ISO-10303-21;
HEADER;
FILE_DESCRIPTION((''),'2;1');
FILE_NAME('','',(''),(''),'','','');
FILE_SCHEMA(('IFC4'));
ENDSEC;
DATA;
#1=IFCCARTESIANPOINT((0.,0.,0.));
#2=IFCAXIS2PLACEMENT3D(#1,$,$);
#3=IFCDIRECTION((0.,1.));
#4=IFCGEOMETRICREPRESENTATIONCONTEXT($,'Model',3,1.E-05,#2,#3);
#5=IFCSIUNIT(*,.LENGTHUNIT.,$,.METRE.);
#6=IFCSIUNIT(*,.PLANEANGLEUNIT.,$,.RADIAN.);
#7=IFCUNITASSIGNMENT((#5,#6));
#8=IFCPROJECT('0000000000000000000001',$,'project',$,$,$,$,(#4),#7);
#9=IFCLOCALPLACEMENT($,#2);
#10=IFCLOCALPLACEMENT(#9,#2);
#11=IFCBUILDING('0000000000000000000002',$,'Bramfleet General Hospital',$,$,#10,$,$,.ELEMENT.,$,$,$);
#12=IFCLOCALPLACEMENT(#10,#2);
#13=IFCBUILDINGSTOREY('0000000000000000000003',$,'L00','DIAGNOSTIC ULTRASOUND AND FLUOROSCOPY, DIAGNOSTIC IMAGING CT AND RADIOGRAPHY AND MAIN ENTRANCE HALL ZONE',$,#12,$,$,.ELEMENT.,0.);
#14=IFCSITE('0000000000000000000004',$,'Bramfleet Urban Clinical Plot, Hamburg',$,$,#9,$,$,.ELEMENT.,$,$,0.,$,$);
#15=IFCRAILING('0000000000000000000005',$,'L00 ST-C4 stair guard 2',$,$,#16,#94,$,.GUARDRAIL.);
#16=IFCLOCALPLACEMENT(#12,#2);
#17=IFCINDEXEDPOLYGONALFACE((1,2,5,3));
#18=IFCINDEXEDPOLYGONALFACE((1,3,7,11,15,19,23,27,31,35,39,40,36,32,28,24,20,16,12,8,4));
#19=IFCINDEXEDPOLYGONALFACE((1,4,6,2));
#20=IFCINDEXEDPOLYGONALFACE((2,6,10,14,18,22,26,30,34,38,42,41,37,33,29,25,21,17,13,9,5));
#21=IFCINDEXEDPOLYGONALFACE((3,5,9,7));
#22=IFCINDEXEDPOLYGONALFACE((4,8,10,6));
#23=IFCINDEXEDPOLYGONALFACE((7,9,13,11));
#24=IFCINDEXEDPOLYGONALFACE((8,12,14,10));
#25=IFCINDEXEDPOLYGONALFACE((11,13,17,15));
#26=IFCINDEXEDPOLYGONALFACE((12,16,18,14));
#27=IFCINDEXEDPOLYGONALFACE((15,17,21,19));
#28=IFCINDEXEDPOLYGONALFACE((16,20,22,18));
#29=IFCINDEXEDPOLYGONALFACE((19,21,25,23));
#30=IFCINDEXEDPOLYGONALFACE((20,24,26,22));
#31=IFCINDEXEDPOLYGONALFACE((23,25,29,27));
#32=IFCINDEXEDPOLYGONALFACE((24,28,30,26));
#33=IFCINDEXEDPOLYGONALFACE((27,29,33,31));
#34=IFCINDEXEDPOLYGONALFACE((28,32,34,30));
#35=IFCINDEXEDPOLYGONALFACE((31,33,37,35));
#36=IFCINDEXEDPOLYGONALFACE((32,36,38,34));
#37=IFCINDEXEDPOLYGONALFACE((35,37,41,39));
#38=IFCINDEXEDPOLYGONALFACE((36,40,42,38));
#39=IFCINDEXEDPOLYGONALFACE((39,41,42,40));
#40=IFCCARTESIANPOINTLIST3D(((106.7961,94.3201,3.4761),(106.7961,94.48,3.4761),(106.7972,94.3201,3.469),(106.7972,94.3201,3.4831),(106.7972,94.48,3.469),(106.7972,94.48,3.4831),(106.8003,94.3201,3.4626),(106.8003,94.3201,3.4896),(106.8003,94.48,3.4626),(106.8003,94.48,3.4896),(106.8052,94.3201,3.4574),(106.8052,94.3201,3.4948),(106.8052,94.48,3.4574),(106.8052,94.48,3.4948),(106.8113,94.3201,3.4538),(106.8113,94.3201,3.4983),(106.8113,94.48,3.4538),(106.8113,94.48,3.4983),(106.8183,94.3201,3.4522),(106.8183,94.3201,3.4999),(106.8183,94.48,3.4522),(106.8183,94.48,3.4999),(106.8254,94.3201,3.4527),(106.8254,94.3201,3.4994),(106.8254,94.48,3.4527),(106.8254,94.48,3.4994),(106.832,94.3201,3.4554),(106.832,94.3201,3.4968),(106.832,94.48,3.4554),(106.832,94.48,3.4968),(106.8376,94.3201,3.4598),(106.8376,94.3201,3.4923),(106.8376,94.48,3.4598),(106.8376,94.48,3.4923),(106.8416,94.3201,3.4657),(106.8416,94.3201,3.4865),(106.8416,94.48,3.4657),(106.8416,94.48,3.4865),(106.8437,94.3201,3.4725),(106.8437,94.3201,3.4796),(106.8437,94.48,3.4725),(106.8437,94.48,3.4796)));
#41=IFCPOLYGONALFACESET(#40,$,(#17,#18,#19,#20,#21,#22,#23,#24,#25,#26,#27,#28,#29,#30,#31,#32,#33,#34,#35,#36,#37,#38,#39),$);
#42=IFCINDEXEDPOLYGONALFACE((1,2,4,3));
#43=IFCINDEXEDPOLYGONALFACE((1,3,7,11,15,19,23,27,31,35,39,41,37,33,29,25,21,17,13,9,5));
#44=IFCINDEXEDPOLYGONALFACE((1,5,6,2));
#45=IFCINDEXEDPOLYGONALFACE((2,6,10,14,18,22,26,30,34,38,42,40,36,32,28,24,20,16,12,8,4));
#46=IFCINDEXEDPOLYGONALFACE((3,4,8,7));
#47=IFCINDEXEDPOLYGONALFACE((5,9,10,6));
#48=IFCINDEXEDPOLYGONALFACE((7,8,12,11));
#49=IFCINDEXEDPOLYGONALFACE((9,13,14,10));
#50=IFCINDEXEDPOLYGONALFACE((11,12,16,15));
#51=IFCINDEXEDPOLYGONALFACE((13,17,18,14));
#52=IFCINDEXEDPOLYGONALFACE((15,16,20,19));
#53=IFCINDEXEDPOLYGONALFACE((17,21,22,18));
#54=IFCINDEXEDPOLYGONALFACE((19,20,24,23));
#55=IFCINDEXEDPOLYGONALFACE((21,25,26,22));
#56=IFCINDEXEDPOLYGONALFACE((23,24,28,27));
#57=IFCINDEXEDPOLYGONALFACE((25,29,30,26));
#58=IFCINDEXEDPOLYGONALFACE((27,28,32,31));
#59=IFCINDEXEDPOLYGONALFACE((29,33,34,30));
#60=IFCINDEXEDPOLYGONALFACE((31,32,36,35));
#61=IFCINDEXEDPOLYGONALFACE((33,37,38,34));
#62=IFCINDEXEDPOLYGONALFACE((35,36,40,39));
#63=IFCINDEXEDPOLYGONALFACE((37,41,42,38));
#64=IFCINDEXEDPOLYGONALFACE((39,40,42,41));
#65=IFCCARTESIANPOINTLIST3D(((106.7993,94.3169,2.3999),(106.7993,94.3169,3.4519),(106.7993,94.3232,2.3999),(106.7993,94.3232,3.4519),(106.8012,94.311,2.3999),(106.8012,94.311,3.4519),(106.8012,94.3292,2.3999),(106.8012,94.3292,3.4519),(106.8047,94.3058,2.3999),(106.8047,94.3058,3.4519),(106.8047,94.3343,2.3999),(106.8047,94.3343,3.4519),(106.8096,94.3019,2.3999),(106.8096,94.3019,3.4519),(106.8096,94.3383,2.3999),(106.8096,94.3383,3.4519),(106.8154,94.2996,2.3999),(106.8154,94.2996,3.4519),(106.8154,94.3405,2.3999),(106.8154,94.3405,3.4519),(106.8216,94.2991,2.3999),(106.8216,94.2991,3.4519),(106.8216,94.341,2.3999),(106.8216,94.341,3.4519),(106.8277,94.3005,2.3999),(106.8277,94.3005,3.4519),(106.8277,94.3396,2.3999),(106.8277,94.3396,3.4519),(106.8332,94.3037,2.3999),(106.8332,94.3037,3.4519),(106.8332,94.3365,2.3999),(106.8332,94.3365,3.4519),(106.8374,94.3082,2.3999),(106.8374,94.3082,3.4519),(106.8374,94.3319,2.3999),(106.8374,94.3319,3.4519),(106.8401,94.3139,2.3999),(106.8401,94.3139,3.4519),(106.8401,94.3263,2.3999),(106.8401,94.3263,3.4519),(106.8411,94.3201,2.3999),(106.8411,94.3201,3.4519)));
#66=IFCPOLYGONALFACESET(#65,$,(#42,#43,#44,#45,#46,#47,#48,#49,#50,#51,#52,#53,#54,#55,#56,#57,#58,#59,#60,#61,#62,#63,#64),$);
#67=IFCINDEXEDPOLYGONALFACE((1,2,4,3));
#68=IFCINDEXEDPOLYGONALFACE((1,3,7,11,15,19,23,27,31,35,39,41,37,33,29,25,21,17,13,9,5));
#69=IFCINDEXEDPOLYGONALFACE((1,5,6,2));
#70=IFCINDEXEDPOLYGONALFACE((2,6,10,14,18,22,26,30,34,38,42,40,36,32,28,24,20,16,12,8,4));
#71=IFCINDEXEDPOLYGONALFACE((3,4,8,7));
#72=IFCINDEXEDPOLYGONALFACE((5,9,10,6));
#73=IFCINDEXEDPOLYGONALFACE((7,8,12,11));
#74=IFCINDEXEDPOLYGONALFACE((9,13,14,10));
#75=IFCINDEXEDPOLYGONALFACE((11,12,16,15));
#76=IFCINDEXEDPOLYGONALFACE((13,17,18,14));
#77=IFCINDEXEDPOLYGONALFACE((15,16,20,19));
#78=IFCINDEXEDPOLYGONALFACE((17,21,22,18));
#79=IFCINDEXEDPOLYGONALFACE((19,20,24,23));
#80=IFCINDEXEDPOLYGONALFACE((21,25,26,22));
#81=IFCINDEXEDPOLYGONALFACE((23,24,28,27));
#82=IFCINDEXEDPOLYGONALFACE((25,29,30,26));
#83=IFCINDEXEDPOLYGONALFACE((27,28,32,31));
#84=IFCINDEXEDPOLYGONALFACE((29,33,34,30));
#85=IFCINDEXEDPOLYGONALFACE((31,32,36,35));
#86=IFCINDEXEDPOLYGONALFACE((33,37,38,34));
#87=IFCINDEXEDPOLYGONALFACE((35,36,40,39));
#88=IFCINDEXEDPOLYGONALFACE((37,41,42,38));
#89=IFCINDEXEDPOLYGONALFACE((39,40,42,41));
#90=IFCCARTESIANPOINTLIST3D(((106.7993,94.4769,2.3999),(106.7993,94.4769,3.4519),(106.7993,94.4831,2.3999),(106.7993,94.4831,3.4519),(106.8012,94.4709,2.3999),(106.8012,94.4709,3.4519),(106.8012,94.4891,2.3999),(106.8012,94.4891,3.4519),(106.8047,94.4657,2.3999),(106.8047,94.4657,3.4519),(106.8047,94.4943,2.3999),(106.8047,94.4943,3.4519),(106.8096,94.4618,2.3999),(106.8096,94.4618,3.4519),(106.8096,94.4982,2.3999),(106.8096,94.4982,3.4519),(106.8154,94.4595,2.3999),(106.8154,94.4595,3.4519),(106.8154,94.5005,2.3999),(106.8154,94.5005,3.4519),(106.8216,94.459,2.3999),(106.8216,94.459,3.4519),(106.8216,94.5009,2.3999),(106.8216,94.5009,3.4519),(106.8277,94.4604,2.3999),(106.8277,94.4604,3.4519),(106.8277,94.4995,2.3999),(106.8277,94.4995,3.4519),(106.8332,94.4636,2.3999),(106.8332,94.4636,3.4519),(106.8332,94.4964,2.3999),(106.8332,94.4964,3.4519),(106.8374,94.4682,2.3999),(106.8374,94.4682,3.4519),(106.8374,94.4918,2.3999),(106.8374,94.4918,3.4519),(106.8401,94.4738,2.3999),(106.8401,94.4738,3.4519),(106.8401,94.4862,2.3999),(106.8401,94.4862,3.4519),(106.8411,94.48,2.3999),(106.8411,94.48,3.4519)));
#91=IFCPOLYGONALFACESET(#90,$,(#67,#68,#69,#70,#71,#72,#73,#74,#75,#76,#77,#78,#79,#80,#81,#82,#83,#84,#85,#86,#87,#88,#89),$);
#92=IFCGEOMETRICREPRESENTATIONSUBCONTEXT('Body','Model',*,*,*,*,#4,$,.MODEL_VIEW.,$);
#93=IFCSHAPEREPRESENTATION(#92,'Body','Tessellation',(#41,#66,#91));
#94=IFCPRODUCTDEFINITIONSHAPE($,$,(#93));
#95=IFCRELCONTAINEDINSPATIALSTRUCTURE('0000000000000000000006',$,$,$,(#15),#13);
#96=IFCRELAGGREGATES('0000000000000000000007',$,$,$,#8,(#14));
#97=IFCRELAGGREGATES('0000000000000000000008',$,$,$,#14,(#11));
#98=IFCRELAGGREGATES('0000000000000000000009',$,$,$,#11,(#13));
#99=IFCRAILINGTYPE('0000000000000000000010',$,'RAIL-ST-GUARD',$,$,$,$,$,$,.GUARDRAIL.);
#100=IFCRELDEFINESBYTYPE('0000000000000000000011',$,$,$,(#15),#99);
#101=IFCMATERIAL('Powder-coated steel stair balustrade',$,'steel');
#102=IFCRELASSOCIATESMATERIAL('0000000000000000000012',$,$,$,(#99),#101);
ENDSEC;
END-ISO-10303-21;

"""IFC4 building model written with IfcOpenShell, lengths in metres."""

from ifc_helpers import new_model, si_unit, direction, frame, origin, origin_2d, place, context, subcontext, project, spatial, circle, extrude, material, type_object, element, save


model = new_model("IFC4")

# Units and contexts
model_context = context("Model", 3, precision=1e-05, world=origin(), true_north=direction((0.0, 1.0)))
body_context = subcontext(model_context, "Body", "Model", "MODEL_VIEW")
ifc_project = project(units=[si_unit("LENGTHUNIT", "METRE"), si_unit("PLANEANGLEUNIT", "RADIAN")], contexts=[model_context])

# Site, building, storey
site_placement = place(None, origin())
site = spatial("IfcSite", under=ifc_project, at=site_placement, Name="Bramfleet Urban Clinical Plot, Hamburg", CompositionType="ELEMENT", RefElevation=0.0)
building_placement = place(site_placement, origin())
building = spatial("IfcBuilding", under=site, at=building_placement, Name="Bramfleet General Hospital", CompositionType="ELEMENT")
storey_placement = place(building_placement, origin())
storey = spatial("IfcBuildingStorey", under=building, at=storey_placement, Name="L00", Description="DIAGNOSTIC ULTRASOUND AND FLUOROSCOPY, DIAGNOSTIC IMAGING CT AND RADIOGRAPHY AND MAIN ENTRANCE HALL ZONE", CompositionType="ELEMENT", Elevation=0.0)

# Railing
ifc_material_1 = material(Name="Powder-coated steel stair balustrade", Category="steel")
railing_type_1 = type_object("IfcRailingType", Name="RAIL-ST-GUARD", PredefinedType="GUARDRAIL", material=ifc_material_1)
railing_1_placement = place(storey_placement, frame((106.8201, 94.3201, 2.3999)))
element("IfcRailing", 1, at=railing_1_placement, inside=storey, type_object=railing_type_1, Name="L00 ST-C4 stair guard 2", PredefinedType="GUARDRAIL", context=body_context, shape_type="SweptSolid", body=[
    extrude(circle(Radius=0.0239, at=origin_2d()), frame((0.0, 0.0, 1.0762), z_axis=(0.0, 1.0, 0.0), x_axis=(-1.0, 0.0, 0.0)), (0.0, 0.0, 1.0), 0.1599),
    extrude(circle(Radius=0.021, at=origin_2d()), origin(), (0.0, 0.0, 1.0), 1.052),
    extrude(circle(Radius=0.021, at=origin_2d()), frame((0.0, 0.1599, 0.0)), (0.0, 0.0, 1.0), 1.052),
])

save(model, "model.ifc")
